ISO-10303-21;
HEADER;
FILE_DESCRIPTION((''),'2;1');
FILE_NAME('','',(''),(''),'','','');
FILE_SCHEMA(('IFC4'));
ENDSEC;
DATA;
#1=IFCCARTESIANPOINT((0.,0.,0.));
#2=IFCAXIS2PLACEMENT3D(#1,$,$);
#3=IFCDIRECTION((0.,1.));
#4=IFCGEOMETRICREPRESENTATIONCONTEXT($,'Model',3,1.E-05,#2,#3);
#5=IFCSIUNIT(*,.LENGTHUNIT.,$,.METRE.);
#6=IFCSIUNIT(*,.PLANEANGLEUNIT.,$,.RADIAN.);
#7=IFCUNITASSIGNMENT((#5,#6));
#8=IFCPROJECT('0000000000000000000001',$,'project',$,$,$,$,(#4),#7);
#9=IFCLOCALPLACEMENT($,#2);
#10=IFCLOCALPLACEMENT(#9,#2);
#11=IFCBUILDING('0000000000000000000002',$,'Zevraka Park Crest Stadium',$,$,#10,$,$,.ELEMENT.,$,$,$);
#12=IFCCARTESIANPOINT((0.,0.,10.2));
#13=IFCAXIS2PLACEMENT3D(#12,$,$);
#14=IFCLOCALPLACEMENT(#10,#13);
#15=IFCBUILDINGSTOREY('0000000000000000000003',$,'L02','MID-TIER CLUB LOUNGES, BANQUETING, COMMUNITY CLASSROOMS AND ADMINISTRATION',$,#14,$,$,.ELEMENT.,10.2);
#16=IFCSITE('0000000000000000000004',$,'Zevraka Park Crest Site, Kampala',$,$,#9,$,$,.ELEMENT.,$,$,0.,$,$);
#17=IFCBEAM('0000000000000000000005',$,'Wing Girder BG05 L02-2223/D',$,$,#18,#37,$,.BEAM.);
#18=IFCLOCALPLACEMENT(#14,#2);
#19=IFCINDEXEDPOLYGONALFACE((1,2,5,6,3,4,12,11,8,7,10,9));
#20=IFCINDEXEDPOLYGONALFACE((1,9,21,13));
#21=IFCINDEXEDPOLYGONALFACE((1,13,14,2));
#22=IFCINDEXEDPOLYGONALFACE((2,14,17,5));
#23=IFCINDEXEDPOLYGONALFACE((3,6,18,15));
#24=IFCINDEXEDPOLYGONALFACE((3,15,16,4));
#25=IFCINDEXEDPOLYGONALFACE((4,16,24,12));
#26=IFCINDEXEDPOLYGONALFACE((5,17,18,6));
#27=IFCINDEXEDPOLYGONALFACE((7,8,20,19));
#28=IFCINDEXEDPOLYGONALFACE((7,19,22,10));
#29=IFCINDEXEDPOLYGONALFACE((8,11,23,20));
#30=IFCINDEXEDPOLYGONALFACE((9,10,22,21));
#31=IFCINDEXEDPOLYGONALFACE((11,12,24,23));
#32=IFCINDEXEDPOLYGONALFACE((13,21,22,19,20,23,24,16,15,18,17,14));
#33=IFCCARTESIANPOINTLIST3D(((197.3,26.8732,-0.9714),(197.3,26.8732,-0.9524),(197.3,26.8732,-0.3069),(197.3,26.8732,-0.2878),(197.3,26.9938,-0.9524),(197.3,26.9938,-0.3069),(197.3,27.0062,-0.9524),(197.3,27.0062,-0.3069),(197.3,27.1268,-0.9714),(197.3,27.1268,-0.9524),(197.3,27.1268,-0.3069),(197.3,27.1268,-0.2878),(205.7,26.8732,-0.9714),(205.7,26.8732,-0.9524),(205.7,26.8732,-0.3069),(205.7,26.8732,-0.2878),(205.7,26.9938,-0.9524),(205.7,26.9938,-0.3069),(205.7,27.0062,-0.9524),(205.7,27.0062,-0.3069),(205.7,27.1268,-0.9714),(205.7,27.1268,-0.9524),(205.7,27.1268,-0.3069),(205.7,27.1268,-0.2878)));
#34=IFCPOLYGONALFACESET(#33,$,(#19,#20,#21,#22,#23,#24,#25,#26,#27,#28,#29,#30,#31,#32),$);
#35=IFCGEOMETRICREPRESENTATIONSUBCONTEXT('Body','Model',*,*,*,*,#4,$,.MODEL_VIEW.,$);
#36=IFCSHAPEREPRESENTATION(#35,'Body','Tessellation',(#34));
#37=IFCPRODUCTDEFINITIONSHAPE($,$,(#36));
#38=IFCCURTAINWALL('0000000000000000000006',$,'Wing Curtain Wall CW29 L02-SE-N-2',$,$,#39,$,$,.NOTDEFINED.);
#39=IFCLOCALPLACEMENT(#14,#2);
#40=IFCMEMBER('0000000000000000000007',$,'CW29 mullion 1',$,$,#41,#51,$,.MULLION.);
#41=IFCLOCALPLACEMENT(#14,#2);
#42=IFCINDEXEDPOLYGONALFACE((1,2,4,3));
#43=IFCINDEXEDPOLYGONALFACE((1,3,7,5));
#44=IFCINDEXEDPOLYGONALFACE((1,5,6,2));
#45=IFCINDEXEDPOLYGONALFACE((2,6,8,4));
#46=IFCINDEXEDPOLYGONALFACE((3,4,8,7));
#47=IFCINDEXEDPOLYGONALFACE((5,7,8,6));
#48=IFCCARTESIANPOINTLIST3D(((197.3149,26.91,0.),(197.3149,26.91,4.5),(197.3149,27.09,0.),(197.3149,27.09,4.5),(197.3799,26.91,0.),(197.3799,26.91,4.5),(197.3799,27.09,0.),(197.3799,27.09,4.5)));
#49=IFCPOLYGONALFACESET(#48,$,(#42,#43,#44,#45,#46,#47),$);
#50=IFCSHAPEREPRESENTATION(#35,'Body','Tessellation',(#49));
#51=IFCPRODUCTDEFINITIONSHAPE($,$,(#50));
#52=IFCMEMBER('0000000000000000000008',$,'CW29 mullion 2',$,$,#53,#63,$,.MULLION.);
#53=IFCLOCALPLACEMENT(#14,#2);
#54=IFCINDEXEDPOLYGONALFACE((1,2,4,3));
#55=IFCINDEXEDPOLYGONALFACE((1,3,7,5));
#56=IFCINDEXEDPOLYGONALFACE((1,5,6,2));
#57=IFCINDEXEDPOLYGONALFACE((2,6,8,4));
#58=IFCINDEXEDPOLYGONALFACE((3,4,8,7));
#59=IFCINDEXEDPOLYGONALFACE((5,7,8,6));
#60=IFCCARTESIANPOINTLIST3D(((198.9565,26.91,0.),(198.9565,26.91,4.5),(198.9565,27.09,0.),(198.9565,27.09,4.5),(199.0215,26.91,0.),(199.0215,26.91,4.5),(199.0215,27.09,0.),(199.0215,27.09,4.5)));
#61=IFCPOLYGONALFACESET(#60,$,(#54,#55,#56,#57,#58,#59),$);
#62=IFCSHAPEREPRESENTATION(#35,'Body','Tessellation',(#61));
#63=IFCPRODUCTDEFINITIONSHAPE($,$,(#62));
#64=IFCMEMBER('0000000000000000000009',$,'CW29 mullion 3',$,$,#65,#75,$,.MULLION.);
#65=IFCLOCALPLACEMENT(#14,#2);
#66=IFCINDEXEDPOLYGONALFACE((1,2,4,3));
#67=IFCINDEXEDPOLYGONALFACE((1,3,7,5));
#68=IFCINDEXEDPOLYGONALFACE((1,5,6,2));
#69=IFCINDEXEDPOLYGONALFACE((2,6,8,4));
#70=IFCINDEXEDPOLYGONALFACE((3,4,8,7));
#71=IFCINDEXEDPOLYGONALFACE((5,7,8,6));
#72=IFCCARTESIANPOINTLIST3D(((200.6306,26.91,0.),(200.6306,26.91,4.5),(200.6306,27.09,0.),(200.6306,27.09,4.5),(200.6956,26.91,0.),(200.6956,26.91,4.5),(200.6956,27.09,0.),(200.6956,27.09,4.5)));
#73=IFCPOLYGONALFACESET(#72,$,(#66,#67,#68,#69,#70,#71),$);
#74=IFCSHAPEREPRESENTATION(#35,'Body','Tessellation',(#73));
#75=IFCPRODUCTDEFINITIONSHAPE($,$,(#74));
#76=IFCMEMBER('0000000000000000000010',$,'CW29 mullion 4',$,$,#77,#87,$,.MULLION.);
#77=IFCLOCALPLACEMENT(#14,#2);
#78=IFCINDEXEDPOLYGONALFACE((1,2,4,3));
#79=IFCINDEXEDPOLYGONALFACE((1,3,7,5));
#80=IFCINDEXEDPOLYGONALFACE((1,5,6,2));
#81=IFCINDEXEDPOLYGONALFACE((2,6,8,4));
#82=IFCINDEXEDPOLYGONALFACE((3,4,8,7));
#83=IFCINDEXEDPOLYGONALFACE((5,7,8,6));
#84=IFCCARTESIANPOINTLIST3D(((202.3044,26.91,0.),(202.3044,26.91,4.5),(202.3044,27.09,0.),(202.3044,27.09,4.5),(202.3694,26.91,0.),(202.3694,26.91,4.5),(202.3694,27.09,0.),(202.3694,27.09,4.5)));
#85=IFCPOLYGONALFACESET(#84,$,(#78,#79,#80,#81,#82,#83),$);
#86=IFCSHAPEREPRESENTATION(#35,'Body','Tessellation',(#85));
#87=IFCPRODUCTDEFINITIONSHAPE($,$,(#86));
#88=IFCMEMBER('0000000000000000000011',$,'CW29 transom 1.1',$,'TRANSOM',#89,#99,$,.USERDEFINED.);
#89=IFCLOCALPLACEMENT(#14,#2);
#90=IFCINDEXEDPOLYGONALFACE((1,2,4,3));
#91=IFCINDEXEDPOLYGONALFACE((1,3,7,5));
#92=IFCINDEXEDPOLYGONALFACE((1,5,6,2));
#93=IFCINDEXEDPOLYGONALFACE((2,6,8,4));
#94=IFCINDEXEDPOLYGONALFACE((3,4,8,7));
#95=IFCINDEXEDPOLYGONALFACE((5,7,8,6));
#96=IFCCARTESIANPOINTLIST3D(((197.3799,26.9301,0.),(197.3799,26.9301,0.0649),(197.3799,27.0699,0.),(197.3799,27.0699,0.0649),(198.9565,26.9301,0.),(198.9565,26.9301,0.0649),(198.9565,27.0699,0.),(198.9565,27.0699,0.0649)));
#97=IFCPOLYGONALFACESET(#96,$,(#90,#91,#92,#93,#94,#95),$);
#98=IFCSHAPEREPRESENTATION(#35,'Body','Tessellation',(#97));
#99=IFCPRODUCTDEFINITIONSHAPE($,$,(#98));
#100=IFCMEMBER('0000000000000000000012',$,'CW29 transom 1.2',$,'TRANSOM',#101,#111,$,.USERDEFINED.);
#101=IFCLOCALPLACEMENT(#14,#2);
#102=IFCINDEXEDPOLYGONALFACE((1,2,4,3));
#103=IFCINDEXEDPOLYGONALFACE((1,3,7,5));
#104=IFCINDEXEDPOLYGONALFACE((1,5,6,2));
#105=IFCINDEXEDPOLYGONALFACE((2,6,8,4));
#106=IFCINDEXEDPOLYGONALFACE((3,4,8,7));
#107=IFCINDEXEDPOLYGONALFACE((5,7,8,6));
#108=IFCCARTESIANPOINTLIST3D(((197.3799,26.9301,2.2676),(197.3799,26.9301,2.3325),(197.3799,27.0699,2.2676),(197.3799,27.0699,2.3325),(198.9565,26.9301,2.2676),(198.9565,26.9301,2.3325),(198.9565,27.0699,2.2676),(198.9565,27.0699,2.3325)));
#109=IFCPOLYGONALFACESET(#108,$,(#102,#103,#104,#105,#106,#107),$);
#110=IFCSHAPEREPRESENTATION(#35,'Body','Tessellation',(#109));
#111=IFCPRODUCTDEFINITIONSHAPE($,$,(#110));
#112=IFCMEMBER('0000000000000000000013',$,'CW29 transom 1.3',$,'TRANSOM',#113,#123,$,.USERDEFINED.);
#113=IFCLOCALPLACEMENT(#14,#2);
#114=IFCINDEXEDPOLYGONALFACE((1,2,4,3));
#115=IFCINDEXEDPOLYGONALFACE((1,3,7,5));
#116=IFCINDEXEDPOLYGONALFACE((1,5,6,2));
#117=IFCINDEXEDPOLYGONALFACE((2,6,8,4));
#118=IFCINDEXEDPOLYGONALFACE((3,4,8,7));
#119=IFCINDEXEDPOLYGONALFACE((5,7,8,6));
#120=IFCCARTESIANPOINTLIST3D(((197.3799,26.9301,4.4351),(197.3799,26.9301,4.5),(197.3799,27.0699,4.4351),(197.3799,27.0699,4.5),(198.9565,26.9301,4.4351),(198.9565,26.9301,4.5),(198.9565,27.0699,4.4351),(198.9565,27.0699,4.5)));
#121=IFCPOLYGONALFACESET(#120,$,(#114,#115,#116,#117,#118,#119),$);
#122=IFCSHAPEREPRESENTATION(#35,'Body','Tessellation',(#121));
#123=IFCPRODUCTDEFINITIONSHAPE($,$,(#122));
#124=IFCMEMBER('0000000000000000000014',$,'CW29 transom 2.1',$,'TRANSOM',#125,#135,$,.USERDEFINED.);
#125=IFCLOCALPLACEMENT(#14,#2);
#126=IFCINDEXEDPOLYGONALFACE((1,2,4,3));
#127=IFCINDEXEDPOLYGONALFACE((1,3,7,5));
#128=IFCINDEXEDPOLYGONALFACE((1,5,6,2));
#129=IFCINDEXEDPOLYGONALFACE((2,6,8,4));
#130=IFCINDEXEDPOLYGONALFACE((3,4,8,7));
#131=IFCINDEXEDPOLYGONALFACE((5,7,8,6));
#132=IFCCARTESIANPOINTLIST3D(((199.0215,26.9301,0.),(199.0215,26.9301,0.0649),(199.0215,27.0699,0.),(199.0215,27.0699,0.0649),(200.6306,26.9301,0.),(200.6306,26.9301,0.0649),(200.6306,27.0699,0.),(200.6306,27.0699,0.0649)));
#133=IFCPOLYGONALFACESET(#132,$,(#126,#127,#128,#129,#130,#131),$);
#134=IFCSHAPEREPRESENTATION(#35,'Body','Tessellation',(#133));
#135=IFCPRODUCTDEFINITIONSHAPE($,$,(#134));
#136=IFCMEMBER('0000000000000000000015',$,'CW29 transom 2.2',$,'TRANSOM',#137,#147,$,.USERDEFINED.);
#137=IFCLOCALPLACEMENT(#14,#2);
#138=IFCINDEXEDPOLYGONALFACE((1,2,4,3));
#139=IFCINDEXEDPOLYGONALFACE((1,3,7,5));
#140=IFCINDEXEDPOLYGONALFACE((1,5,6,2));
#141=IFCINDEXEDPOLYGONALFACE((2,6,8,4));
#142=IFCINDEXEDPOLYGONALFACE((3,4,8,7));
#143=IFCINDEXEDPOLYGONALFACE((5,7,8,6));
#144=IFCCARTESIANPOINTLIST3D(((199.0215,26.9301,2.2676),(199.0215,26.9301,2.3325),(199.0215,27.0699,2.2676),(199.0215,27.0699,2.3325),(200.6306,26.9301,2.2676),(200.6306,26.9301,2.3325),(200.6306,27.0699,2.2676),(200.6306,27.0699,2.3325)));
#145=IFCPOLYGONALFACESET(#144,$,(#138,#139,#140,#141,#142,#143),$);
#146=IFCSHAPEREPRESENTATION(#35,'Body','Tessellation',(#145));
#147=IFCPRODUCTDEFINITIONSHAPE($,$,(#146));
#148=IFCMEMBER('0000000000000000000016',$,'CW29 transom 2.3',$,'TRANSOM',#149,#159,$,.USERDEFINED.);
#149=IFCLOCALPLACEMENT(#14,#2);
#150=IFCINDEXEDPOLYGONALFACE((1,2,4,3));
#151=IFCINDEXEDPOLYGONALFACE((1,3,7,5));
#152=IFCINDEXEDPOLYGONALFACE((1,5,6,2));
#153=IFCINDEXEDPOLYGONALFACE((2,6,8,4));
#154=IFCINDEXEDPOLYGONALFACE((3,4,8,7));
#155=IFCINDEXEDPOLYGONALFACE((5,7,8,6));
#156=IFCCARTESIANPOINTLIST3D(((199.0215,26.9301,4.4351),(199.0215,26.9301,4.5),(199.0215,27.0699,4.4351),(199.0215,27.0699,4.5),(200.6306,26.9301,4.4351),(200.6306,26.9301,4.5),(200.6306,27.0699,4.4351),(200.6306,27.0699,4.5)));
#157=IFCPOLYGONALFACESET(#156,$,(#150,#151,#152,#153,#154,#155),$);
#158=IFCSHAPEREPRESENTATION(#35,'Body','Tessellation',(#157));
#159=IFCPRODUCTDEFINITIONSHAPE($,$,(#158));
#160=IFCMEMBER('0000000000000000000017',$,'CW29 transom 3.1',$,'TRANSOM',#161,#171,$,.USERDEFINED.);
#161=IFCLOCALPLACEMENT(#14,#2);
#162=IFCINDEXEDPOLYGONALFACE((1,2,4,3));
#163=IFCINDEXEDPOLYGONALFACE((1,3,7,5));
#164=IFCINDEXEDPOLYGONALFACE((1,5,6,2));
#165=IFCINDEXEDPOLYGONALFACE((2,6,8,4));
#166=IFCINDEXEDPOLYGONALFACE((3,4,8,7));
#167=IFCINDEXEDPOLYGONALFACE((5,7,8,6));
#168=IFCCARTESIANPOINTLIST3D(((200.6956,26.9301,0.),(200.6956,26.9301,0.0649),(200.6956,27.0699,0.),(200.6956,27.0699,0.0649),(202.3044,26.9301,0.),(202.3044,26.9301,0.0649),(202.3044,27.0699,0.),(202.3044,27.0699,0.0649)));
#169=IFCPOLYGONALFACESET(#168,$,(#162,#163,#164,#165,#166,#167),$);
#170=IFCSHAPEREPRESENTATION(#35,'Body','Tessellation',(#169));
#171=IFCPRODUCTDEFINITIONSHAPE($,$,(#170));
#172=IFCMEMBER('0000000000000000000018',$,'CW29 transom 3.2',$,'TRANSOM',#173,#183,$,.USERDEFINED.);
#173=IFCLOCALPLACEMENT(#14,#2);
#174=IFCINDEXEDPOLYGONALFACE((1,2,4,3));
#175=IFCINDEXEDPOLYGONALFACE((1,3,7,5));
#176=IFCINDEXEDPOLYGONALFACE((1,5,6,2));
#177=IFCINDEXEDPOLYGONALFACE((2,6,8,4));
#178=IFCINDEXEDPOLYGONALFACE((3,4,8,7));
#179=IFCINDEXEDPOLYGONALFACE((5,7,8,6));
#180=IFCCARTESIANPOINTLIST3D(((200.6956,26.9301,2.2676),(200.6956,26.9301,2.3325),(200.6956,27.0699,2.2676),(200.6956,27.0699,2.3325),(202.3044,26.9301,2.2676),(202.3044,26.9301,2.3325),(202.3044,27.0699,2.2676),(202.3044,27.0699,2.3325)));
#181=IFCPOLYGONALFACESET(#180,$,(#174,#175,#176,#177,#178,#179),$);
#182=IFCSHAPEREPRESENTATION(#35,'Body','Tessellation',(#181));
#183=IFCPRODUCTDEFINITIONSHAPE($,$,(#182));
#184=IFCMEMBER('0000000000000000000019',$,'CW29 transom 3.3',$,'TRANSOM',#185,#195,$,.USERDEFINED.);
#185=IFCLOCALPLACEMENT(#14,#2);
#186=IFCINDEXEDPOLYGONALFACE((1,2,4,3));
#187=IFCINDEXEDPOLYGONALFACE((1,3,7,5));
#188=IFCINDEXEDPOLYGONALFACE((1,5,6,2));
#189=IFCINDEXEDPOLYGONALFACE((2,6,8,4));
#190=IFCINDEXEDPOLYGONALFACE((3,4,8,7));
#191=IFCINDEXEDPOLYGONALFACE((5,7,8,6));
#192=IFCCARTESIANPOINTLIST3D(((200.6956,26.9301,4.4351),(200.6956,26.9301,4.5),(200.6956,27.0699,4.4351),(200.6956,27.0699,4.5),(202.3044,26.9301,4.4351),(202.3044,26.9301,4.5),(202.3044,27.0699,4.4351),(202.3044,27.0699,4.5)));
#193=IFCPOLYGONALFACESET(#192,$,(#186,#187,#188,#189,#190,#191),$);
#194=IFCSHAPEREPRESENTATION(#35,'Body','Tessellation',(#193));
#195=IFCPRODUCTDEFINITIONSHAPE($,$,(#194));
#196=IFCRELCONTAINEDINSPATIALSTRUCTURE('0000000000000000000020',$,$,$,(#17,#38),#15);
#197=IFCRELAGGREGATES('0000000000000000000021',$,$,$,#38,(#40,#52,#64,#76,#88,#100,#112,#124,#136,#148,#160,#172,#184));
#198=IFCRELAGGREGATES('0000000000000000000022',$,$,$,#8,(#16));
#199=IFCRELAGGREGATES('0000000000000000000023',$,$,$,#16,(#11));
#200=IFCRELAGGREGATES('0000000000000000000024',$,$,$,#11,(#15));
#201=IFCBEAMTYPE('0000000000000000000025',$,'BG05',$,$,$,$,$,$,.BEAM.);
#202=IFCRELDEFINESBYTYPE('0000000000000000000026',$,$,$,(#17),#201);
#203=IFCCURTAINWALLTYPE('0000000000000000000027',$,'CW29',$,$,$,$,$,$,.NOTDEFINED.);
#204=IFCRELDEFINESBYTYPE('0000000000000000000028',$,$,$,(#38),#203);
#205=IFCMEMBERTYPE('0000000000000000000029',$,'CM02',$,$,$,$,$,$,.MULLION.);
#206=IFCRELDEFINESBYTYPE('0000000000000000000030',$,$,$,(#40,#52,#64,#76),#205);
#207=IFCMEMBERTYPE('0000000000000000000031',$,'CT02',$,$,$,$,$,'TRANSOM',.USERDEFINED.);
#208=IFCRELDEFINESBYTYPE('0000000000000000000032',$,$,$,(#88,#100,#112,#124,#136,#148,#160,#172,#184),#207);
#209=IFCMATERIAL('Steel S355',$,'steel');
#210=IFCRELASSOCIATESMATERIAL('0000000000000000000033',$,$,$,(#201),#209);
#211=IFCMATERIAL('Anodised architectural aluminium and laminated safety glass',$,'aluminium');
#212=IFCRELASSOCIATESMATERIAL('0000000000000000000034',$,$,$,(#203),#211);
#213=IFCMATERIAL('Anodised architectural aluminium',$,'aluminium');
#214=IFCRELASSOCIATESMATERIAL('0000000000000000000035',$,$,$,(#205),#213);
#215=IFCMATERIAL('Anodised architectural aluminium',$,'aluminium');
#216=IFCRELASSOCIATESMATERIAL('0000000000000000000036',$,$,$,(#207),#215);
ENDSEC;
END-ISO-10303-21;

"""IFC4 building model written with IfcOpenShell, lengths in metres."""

from ifc_helpers import new_model, si_unit, direction, frame, origin, origin_2d, place, context, subcontext, project, spatial, rectangle, i_section, extrude, material, material_profile, profile_set, type_object, element, aggregate, save


model = new_model("IFC4")

# Units and contexts
model_context = context("Model", 3, precision=1e-05, world=origin(), true_north=direction((0.0, 1.0)))
body_context = subcontext(model_context, "Body", "Model", "MODEL_VIEW")
ifc_project = project(units=[si_unit("LENGTHUNIT", "METRE"), si_unit("PLANEANGLEUNIT", "RADIAN")], contexts=[model_context])

# Site, building, storey
site_placement = place(None, origin())
site = spatial("IfcSite", under=ifc_project, at=site_placement, Name="Zevraka Park Crest Site, Kampala", CompositionType="ELEMENT", RefElevation=0.0)
building_placement = place(site_placement, origin())
building = spatial("IfcBuilding", under=site, at=building_placement, Name="Zevraka Park Crest Stadium", CompositionType="ELEMENT")
storey_placement = place(building_placement, frame((0.0, 0.0, 10.2)))
storey = spatial("IfcBuildingStorey", under=building, at=storey_placement, Name="L02", Description="MID-TIER CLUB LOUNGES, BANQUETING, COMMUNITY CLASSROOMS AND ADMINISTRATION", CompositionType="ELEMENT", Elevation=10.2)

# Beam
ifc_material_1 = material(Name="Steel S355", Category="steel")
ifc_material_profile_1 = material_profile(ifc_material_1, i_section(OverallWidth=0.2537, OverallDepth=0.6836, WebThickness=0.0125, FlangeThickness=0.019, at=origin_2d()), Name="UKB 686x254x140")
ifc_profile_set_1 = profile_set([ifc_material_profile_1], Name="Steel S355")
beam_type = type_object("IfcBeamType", Name="BG05", PredefinedType="BEAM", material=ifc_profile_set_1)
beam_placement = place(storey_placement, frame((197.3, 27.0, -0.6296), z_axis=(1.0, 0.0, 0.0), x_axis=(0.0, 1.0, 0.0)))
element("IfcBeam", 1, at=beam_placement, inside=storey, type_object=beam_type, Name="Wing Girder BG05 L02-2223/D", PredefinedType="BEAM", context=body_context, shape_type="SweptSolid", body=[
    extrude(i_section(OverallWidth=0.2537, OverallDepth=0.6836, WebThickness=0.0125, FlangeThickness=0.019, at=origin_2d()), origin(), (0.0, 0.0, 1.0), 8.3999),
])

# Curtain wall, members
ifc_material_2 = material(Name="Anodised architectural aluminium and laminated safety glass", Category="aluminium")
curtain_wall_type = type_object("IfcCurtainWallType", Name="CW29", PredefinedType="NOTDEFINED", material=ifc_material_2)
curtain_wall_placement = place(storey_placement, origin())
curtain_wall = element("IfcCurtainWall", 2, at=curtain_wall_placement, inside=storey, type_object=curtain_wall_type, Name="Wing Curtain Wall CW29 L02-SE-N-2", PredefinedType="NOTDEFINED")
ifc_material_3 = material(Name="Anodised architectural aluminium", Category="aluminium")
ifc_material_profile_2 = material_profile(ifc_material_3, rectangle(XDim=0.1799, YDim=0.0649, at=origin_2d()), Name="ALU MULLION 180x65")
ifc_profile_set_2 = profile_set([ifc_material_profile_2], Name="Anodised architectural aluminium")
member_type_1 = type_object("IfcMemberType", Name="CM02", PredefinedType="MULLION", material=ifc_profile_set_2)
member_1_placement = place(storey_placement, frame((197.3474, 27.0, 0.0), z_axis=(0.0, 0.0, 1.0), x_axis=(0.0, 1.0, 0.0)))
member_1 = element("IfcMember", 3, at=member_1_placement, type_object=member_type_1, Name="CW29 mullion 1", PredefinedType="MULLION", context=body_context, shape_type="SweptSolid", body=[
    extrude(rectangle(XDim=0.1799, YDim=0.0649, at=origin_2d()), origin(), (0.0, 0.0, 1.0), 4.5),
])
member_2_placement = place(storey_placement, frame((198.989, 27.0, 0.0), z_axis=(0.0, 0.0, 1.0), x_axis=(0.0, 1.0, 0.0)))
member_2 = element("IfcMember", 4, at=member_2_placement, type_object=member_type_1, Name="CW29 mullion 2", PredefinedType="MULLION", context=body_context, shape_type="SweptSolid", body=[
    extrude(rectangle(XDim=0.1799, YDim=0.0649, at=origin_2d()), origin(), (0.0, 0.0, 1.0), 4.5),
])
member_3_placement = place(storey_placement, frame((200.6631, 27.0, 0.0), z_axis=(0.0, 0.0, 1.0), x_axis=(0.0, 1.0, 0.0)))
member_3 = element("IfcMember", 5, at=member_3_placement, type_object=member_type_1, Name="CW29 mullion 3", PredefinedType="MULLION", context=body_context, shape_type="SweptSolid", body=[
    extrude(rectangle(XDim=0.1799, YDim=0.0649, at=origin_2d()), origin(), (0.0, 0.0, 1.0), 4.5),
])
member_4_placement = place(storey_placement, frame((202.3369, 27.0, 0.0), z_axis=(0.0, 0.0, 1.0), x_axis=(0.0, 1.0, 0.0)))
member_4 = element("IfcMember", 6, at=member_4_placement, type_object=member_type_1, Name="CW29 mullion 4", PredefinedType="MULLION", context=body_context, shape_type="SweptSolid", body=[
    extrude(rectangle(XDim=0.1799, YDim=0.0649, at=origin_2d()), origin(), (0.0, 0.0, 1.0), 4.5),
])
ifc_material_4 = material(Name="Anodised architectural aluminium", Category="aluminium")
ifc_material_profile_3 = material_profile(ifc_material_4, rectangle(XDim=0.1399, YDim=0.0649, at=origin_2d()), Name="ALU TRANSOM 140x65")
ifc_profile_set_3 = profile_set([ifc_material_profile_3], Name="Anodised architectural aluminium")
member_type_2 = type_object("IfcMemberType", Name="CT02", ElementType="TRANSOM", PredefinedType="USERDEFINED", material=ifc_profile_set_3)
member_5_placement = place(storey_placement, frame((197.3799, 27.0, 0.0325), z_axis=(1.0, 0.0, 0.0), x_axis=(0.0, 1.0, 0.0)))
member_5 = element("IfcMember", 7, at=member_5_placement, type_object=member_type_2, Name="CW29 transom 1.1", ObjectType="TRANSOM", PredefinedType="USERDEFINED", context=body_context, shape_type="SweptSolid", body=[
    extrude(rectangle(XDim=0.1399, YDim=0.0649, at=origin_2d()), origin(), (0.0, 0.0, 1.0), 1.5767),
])
member_6_placement = place(storey_placement, frame((197.3799, 27.0, 2.3), z_axis=(1.0, 0.0, 0.0), x_axis=(0.0, 1.0, 0.0)))
member_6 = element("IfcMember", 8, at=member_6_placement, type_object=member_type_2, Name="CW29 transom 1.2", ObjectType="TRANSOM", PredefinedType="USERDEFINED", context=body_context, shape_type="SweptSolid", body=[
    extrude(rectangle(XDim=0.1399, YDim=0.0649, at=origin_2d()), origin(), (0.0, 0.0, 1.0), 1.5767),
])
member_7_placement = place(storey_placement, frame((197.3799, 27.0, 4.4675), z_axis=(1.0, 0.0, 0.0), x_axis=(0.0, 1.0, 0.0)))
member_7 = element("IfcMember", 9, at=member_7_placement, type_object=member_type_2, Name="CW29 transom 1.3", ObjectType="TRANSOM", PredefinedType="USERDEFINED", context=body_context, shape_type="SweptSolid", body=[
    extrude(rectangle(XDim=0.1399, YDim=0.0649, at=origin_2d()), origin(), (0.0, 0.0, 1.0), 1.5767),
])
member_8_placement = place(storey_placement, frame((199.0215, 27.0, 0.0325), z_axis=(1.0, 0.0, 0.0), x_axis=(0.0, 1.0, 0.0)))
member_8 = element("IfcMember", 10, at=member_8_placement, type_object=member_type_2, Name="CW29 transom 2.1", ObjectType="TRANSOM", PredefinedType="USERDEFINED", context=body_context, shape_type="SweptSolid", body=[
    extrude(rectangle(XDim=0.1399, YDim=0.0649, at=origin_2d()), origin(), (0.0, 0.0, 1.0), 1.6091),
])
member_9_placement = place(storey_placement, frame((199.0215, 27.0, 2.3), z_axis=(1.0, 0.0, 0.0), x_axis=(0.0, 1.0, 0.0)))
member_9 = element("IfcMember", 11, at=member_9_placement, type_object=member_type_2, Name="CW29 transom 2.2", ObjectType="TRANSOM", PredefinedType="USERDEFINED", context=body_context, shape_type="SweptSolid", body=[
    extrude(rectangle(XDim=0.1399, YDim=0.0649, at=origin_2d()), origin(), (0.0, 0.0, 1.0), 1.6091),
])
member_10_placement = place(storey_placement, frame((199.0215, 27.0, 4.4675), z_axis=(1.0, 0.0, 0.0), x_axis=(0.0, 1.0, 0.0)))
member_10 = element("IfcMember", 12, at=member_10_placement, type_object=member_type_2, Name="CW29 transom 2.3", ObjectType="TRANSOM", PredefinedType="USERDEFINED", context=body_context, shape_type="SweptSolid", body=[
    extrude(rectangle(XDim=0.1399, YDim=0.0649, at=origin_2d()), origin(), (0.0, 0.0, 1.0), 1.6091),
])
member_11_placement = place(storey_placement, frame((200.6956, 27.0, 0.0325), z_axis=(1.0, 0.0, 0.0), x_axis=(0.0, 1.0, 0.0)))
member_11 = element("IfcMember", 13, at=member_11_placement, type_object=member_type_2, Name="CW29 transom 3.1", ObjectType="TRANSOM", PredefinedType="USERDEFINED", context=body_context, shape_type="SweptSolid", body=[
    extrude(rectangle(XDim=0.1399, YDim=0.0649, at=origin_2d()), origin(), (0.0, 0.0, 1.0), 1.6089),
])
member_12_placement = place(storey_placement, frame((200.6956, 27.0, 2.3), z_axis=(1.0, 0.0, 0.0), x_axis=(0.0, 1.0, 0.0)))
member_12 = element("IfcMember", 14, at=member_12_placement, type_object=member_type_2, Name="CW29 transom 3.2", ObjectType="TRANSOM", PredefinedType="USERDEFINED", context=body_context, shape_type="SweptSolid", body=[
    extrude(rectangle(XDim=0.1399, YDim=0.0649, at=origin_2d()), origin(), (0.0, 0.0, 1.0), 1.6089),
])
member_13_placement = place(storey_placement, frame((200.6956, 27.0, 4.4675), z_axis=(1.0, 0.0, 0.0), x_axis=(0.0, 1.0, 0.0)))
member_13 = element("IfcMember", 15, at=member_13_placement, type_object=member_type_2, Name="CW29 transom 3.3", ObjectType="TRANSOM", PredefinedType="USERDEFINED", context=body_context, shape_type="SweptSolid", body=[
    extrude(rectangle(XDim=0.1399, YDim=0.0649, at=origin_2d()), origin(), (0.0, 0.0, 1.0), 1.6089),
])
aggregate(curtain_wall, [member_1, member_2, member_3, member_4, member_5, member_6, member_7, member_8, member_9, member_10, member_11, member_12, member_13])

save(model, "model.ifc")
